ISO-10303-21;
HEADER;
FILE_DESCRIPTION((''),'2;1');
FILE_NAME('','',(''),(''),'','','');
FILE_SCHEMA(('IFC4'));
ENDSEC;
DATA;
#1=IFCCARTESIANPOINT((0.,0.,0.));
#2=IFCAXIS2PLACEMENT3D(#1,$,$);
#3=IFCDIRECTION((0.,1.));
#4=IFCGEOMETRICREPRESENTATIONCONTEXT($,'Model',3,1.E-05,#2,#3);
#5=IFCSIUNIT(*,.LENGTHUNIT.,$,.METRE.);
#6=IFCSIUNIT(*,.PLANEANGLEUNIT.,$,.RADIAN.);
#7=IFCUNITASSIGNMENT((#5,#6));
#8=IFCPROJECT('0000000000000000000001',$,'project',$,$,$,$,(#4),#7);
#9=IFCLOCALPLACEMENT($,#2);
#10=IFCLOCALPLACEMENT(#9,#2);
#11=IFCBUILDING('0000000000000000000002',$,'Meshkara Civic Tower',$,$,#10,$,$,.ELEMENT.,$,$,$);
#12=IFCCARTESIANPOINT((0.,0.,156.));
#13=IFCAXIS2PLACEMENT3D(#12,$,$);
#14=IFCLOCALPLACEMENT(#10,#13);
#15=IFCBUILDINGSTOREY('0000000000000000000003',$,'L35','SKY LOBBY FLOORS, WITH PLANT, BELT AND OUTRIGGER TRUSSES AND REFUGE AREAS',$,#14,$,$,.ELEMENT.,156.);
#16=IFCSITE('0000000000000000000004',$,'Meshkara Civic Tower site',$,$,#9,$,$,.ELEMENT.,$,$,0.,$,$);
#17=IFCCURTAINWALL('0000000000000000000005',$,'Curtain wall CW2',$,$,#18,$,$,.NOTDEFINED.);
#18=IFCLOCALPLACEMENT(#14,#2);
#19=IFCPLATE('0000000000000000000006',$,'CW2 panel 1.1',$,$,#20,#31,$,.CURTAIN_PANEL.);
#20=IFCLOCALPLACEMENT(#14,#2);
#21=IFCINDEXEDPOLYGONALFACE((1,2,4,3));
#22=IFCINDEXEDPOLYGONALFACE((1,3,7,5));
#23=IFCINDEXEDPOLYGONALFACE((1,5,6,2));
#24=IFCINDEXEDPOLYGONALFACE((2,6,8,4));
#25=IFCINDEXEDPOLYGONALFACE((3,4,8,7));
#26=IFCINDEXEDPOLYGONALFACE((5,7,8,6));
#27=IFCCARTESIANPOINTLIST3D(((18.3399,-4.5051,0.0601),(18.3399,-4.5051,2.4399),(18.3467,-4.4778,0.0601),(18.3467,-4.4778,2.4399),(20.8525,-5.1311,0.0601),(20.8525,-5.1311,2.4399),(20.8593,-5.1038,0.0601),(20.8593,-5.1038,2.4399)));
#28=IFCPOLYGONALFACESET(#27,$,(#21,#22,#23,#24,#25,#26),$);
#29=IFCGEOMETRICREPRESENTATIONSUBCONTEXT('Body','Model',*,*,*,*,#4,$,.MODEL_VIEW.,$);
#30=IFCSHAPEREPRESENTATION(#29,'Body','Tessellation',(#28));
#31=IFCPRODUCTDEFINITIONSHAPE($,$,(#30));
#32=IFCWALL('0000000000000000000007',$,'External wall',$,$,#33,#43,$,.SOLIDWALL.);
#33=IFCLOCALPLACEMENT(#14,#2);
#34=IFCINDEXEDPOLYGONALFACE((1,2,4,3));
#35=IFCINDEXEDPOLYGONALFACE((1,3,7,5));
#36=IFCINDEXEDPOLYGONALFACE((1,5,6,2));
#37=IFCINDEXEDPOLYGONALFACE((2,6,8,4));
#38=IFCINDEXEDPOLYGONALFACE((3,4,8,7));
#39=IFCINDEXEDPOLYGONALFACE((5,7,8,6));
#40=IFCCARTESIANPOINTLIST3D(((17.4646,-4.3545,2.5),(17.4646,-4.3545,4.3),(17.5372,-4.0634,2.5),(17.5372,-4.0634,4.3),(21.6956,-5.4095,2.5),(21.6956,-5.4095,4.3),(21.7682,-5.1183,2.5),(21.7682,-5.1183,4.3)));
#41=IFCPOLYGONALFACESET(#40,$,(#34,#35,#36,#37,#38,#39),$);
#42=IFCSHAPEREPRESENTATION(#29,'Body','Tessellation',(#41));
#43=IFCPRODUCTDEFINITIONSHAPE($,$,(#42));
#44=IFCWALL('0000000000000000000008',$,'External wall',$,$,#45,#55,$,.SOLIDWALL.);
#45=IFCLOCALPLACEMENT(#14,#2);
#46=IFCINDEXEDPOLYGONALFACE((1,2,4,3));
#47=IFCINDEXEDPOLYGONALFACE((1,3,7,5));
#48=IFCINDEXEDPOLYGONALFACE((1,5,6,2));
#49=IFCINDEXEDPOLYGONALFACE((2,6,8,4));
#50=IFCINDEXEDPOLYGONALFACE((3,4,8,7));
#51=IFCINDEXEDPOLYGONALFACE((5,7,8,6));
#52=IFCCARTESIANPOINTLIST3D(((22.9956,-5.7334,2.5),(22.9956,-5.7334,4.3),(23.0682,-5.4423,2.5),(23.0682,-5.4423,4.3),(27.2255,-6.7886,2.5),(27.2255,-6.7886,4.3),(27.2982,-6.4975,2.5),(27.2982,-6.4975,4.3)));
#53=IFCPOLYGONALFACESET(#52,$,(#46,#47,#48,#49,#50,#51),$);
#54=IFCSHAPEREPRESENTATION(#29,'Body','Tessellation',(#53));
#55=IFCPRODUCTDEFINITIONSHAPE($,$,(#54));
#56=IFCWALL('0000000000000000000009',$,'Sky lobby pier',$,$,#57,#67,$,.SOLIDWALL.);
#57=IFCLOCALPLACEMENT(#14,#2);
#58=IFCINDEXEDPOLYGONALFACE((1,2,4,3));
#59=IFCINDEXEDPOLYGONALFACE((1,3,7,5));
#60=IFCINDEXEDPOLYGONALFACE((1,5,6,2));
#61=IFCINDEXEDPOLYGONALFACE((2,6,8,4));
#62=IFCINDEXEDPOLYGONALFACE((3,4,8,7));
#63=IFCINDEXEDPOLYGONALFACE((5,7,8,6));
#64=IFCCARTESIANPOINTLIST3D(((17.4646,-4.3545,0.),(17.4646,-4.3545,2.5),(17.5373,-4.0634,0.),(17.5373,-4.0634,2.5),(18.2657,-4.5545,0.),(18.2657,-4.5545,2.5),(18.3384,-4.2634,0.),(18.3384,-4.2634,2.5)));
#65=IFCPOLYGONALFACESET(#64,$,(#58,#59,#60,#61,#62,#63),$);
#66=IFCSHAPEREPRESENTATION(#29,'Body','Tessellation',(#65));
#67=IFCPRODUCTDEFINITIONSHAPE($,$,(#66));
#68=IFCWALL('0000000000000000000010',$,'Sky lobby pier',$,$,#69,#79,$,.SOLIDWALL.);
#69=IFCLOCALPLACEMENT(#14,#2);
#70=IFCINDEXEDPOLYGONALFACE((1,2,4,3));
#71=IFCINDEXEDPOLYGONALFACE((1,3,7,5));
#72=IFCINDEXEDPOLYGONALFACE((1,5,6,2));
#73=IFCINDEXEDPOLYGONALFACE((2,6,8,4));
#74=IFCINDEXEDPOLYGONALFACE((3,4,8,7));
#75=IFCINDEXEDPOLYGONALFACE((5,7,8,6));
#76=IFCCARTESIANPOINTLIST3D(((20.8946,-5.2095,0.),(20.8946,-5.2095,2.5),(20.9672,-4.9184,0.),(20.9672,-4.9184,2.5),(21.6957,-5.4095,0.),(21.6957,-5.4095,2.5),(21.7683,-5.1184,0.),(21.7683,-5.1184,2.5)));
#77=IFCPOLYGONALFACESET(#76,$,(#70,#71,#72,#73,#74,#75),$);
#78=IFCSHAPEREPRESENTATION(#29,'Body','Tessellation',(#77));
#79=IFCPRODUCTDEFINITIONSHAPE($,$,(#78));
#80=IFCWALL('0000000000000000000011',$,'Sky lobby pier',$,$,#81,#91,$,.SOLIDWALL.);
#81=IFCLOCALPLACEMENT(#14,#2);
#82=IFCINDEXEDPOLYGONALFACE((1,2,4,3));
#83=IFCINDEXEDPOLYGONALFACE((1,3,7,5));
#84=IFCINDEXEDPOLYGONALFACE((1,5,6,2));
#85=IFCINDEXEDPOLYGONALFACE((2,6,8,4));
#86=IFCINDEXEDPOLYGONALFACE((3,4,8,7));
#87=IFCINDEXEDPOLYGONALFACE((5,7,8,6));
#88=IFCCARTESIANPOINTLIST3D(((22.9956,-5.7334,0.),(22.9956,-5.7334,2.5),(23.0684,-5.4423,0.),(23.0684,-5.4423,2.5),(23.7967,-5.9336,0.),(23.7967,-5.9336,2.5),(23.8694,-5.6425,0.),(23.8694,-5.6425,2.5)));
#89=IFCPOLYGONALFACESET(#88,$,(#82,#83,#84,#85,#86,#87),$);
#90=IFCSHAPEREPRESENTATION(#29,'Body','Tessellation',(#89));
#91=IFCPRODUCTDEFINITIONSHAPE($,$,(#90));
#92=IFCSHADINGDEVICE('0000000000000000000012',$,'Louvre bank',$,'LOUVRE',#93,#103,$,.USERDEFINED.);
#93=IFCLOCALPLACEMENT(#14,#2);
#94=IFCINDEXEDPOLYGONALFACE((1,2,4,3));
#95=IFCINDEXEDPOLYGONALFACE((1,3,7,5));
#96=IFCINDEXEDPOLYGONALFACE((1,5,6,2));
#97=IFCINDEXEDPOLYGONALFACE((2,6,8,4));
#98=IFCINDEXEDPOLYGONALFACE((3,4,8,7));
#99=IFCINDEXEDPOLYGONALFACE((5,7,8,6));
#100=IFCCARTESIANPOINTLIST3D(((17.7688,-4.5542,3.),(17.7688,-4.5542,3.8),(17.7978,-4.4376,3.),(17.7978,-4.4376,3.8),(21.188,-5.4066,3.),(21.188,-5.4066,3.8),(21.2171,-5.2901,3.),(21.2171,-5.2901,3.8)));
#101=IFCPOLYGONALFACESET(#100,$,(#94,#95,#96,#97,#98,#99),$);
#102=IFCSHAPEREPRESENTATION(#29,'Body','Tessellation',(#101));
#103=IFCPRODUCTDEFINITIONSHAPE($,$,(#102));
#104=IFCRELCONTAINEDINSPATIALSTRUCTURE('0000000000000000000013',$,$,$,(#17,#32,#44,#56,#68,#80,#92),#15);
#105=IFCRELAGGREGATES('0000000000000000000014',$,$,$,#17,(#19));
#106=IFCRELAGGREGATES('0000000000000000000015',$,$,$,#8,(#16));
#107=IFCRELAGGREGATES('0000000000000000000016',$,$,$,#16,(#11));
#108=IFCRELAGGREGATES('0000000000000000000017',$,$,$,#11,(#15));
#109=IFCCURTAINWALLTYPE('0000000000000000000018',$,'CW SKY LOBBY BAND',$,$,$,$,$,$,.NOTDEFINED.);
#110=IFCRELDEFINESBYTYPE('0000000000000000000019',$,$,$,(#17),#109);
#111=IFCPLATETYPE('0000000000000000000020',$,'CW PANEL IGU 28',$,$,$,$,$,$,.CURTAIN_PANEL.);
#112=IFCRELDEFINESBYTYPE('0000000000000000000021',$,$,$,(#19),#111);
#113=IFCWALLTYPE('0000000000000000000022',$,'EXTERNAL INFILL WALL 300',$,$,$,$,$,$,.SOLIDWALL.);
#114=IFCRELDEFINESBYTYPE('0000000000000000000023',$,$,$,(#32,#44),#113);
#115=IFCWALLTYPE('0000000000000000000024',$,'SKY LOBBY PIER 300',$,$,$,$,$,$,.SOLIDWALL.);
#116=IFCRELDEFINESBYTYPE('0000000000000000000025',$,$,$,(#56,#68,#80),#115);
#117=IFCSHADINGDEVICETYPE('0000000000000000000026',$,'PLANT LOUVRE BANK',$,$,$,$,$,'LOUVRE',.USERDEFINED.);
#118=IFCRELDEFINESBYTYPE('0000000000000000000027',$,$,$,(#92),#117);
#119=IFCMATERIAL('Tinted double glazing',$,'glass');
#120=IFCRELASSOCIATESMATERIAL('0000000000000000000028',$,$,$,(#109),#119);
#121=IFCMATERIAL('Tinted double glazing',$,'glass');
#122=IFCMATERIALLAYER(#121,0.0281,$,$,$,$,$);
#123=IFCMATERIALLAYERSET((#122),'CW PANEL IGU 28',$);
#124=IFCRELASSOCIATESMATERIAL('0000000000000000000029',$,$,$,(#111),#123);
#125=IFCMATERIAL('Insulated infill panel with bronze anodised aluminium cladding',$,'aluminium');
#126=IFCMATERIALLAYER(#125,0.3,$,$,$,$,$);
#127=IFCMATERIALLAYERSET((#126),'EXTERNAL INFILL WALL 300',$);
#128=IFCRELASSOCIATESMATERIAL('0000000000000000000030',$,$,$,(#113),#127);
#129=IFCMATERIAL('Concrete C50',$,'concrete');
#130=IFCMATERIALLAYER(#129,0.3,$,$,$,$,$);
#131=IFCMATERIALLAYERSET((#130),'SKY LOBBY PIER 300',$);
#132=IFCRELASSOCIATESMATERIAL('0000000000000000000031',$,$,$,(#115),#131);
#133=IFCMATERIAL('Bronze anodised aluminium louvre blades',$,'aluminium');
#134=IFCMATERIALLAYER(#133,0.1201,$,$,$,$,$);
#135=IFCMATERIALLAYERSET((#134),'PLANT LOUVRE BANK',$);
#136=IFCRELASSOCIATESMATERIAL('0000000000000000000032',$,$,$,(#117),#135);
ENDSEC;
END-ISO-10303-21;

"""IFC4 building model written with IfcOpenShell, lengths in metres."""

from ifc_helpers import new_model, si_unit, direction, frame, frame_2d, origin, origin_2d, place, context, subcontext, project, spatial, rectangle, extrude, material, layer, layer_set, type_object, element, aggregate, save


model = new_model("IFC4")

# Units and contexts
model_context = context("Model", 3, precision=1e-05, world=origin(), true_north=direction((0.0, 1.0)))
body_context = subcontext(model_context, "Body", "Model", "MODEL_VIEW")
ifc_project = project(units=[si_unit("LENGTHUNIT", "METRE"), si_unit("PLANEANGLEUNIT", "RADIAN")], contexts=[model_context])

# Site, building, storey
site_placement = place(None, origin())
site = spatial("IfcSite", under=ifc_project, at=site_placement, Name="Meshkara Civic Tower site", CompositionType="ELEMENT", RefElevation=0.0)
building_placement = place(site_placement, origin())
building = spatial("IfcBuilding", under=site, at=building_placement, Name="Meshkara Civic Tower", CompositionType="ELEMENT")
storey_placement = place(building_placement, frame((0.0, 0.0, 156.0)))
storey = spatial("IfcBuildingStorey", under=building, at=storey_placement, Name="L35", Description="SKY LOBBY FLOORS, WITH PLANT, BELT AND OUTRIGGER TRUSSES AND REFUGE AREAS", CompositionType="ELEMENT", Elevation=156.0)

# Curtain wall
ifc_material_1 = material(Name="Tinted double glazing", Category="glass")
curtain_wall_type = type_object("IfcCurtainWallType", Name="CW SKY LOBBY BAND", PredefinedType="NOTDEFINED", material=ifc_material_1)
curtain_wall_1_placement = place(storey_placement, origin())
curtain_wall_1 = element("IfcCurtainWall", 1, at=curtain_wall_1_placement, inside=storey, type_object=curtain_wall_type, Name="Curtain wall CW2", PredefinedType="NOTDEFINED")

# Plate
ifc_material_2 = material(Name="Tinted double glazing", Category="glass")
ifc_layer_1 = layer(ifc_material_2, 0.0281)
ifc_layer_set_1 = layer_set([ifc_layer_1], Name="CW PANEL IGU 28")
plate_type = type_object("IfcPlateType", Name="CW PANEL IGU 28", PredefinedType="CURTAIN_PANEL", material=ifc_layer_set_1)
plate_placement = place(storey_placement, frame((19.5996, -4.8044, 0.0601), z_axis=(0.0, 0.0, 1.0), x_axis=(0.970338, -0.241754, 0.0)))
plate = element("IfcPlate", 2, at=plate_placement, type_object=plate_type, Name="CW2 panel 1.1", PredefinedType="CURTAIN_PANEL", context=body_context, shape_type="SweptSolid", body=[
    extrude(rectangle(XDim=2.5894, YDim=0.0281, at=origin_2d()), origin(), (0.0, 0.0, 1.0), 2.3799),
])
aggregate(curtain_wall_1, [plate])

# Walls
ifc_material_3 = material(Name="Insulated infill panel with bronze anodised aluminium cladding", Category="aluminium")
ifc_layer_2 = layer(ifc_material_3, 0.3)
ifc_layer_set_2 = layer_set([ifc_layer_2], Name="EXTERNAL INFILL WALL 300")
wall_type_1 = type_object("IfcWallType", Name="EXTERNAL INFILL WALL 300", PredefinedType="SOLIDWALL", material=ifc_layer_set_2)
wall_1_placement = place(storey_placement, frame((17.501, -4.209, 2.5), z_axis=(0.0, 0.0, 1.0), x_axis=(0.970294, -0.24193, 0.0)))
element("IfcWall", 3, at=wall_1_placement, inside=storey, type_object=wall_type_1, Name="External wall", PredefinedType="SOLIDWALL", context=body_context, shape_type="SweptSolid", body=[
    extrude(rectangle(XDim=4.3606, YDim=0.3, at=frame_2d((2.1802, 0.0))), origin(), (0.0, 0.0, 1.0), 1.8),
])
wall_2_placement = place(storey_placement, frame((23.032, -5.5879, 2.5), z_axis=(0.0, 0.0, 1.0), x_axis=(0.970268, -0.242035, 0.0)))
element("IfcWall", 4, at=wall_2_placement, inside=storey, type_object=wall_type_1, Name="External wall", PredefinedType="SOLIDWALL", context=body_context, shape_type="SweptSolid", body=[
    extrude(rectangle(XDim=4.3596, YDim=0.3, at=frame_2d((2.1797, 0.0))), origin(), (0.0, 0.0, 1.0), 1.8),
])
ifc_material_4 = material(Name="Concrete C50", Category="concrete")
ifc_layer_3 = layer(ifc_material_4, 0.3)
ifc_layer_set_3 = layer_set([ifc_layer_3], Name="SKY LOBBY PIER 300")
wall_type_2 = type_object("IfcWallType", Name="SKY LOBBY PIER 300", PredefinedType="SOLIDWALL", material=ifc_layer_set_3)
for number, where, z_axis, x_axis, name in (
    (5, (17.501, -4.209, 0.0), (0.0, 0.0, 1.0), (0.970229, -0.242188, 0.0), "Sky lobby pier"),
    (6, (20.9309, -5.064, 0.0), (0.0, 0.0, 1.0), (0.970229, -0.242188, 0.0), "Sky lobby pier"),
    (7, (23.032, -5.5879, 0.0), (0.0, 0.0, 1.0), (0.97016, -0.242466, 0.0), "Sky lobby pier"),
):
    element("IfcWall", number, at=place(storey_placement, frame(where, z_axis=z_axis, x_axis=x_axis)), inside=storey, type_object=wall_type_2, Name=name, PredefinedType="SOLIDWALL", context=body_context, shape_type="SweptSolid", body=[
        extrude(rectangle(XDim=0.8257, YDim=0.3, at=frame_2d((0.4128, 0.0))), origin(), (0.0, 0.0, 1.0), 2.5),
    ])

# Shading device
ifc_material_5 = material(Name="Bronze anodised aluminium louvre blades", Category="aluminium")
ifc_layer_4 = layer(ifc_material_5, 0.1201)
ifc_layer_set_4 = layer_set([ifc_layer_4], Name="PLANT LOUVRE BANK")
shading_device_type = type_object("IfcShadingDeviceType", Name="PLANT LOUVRE BANK", ElementType="LOUVRE", PredefinedType="USERDEFINED", material=ifc_layer_set_4)
shading_device_placement = place(storey_placement, frame((19.4929, -4.9221, 3.0), z_axis=(0.0, 0.0, 1.0), x_axis=(0.9703, -0.241905, 0.0)))
element("IfcShadingDevice", 8, at=shading_device_placement, inside=storey, type_object=shading_device_type, Name="Louvre bank", ObjectType="LOUVRE", PredefinedType="USERDEFINED", context=body_context, shape_type="SweptSolid", body=[
    extrude(rectangle(XDim=3.5239, YDim=0.1201, at=origin_2d()), origin(), (0.0, 0.0, 1.0), 0.8),
])

save(model, "model.ifc")
